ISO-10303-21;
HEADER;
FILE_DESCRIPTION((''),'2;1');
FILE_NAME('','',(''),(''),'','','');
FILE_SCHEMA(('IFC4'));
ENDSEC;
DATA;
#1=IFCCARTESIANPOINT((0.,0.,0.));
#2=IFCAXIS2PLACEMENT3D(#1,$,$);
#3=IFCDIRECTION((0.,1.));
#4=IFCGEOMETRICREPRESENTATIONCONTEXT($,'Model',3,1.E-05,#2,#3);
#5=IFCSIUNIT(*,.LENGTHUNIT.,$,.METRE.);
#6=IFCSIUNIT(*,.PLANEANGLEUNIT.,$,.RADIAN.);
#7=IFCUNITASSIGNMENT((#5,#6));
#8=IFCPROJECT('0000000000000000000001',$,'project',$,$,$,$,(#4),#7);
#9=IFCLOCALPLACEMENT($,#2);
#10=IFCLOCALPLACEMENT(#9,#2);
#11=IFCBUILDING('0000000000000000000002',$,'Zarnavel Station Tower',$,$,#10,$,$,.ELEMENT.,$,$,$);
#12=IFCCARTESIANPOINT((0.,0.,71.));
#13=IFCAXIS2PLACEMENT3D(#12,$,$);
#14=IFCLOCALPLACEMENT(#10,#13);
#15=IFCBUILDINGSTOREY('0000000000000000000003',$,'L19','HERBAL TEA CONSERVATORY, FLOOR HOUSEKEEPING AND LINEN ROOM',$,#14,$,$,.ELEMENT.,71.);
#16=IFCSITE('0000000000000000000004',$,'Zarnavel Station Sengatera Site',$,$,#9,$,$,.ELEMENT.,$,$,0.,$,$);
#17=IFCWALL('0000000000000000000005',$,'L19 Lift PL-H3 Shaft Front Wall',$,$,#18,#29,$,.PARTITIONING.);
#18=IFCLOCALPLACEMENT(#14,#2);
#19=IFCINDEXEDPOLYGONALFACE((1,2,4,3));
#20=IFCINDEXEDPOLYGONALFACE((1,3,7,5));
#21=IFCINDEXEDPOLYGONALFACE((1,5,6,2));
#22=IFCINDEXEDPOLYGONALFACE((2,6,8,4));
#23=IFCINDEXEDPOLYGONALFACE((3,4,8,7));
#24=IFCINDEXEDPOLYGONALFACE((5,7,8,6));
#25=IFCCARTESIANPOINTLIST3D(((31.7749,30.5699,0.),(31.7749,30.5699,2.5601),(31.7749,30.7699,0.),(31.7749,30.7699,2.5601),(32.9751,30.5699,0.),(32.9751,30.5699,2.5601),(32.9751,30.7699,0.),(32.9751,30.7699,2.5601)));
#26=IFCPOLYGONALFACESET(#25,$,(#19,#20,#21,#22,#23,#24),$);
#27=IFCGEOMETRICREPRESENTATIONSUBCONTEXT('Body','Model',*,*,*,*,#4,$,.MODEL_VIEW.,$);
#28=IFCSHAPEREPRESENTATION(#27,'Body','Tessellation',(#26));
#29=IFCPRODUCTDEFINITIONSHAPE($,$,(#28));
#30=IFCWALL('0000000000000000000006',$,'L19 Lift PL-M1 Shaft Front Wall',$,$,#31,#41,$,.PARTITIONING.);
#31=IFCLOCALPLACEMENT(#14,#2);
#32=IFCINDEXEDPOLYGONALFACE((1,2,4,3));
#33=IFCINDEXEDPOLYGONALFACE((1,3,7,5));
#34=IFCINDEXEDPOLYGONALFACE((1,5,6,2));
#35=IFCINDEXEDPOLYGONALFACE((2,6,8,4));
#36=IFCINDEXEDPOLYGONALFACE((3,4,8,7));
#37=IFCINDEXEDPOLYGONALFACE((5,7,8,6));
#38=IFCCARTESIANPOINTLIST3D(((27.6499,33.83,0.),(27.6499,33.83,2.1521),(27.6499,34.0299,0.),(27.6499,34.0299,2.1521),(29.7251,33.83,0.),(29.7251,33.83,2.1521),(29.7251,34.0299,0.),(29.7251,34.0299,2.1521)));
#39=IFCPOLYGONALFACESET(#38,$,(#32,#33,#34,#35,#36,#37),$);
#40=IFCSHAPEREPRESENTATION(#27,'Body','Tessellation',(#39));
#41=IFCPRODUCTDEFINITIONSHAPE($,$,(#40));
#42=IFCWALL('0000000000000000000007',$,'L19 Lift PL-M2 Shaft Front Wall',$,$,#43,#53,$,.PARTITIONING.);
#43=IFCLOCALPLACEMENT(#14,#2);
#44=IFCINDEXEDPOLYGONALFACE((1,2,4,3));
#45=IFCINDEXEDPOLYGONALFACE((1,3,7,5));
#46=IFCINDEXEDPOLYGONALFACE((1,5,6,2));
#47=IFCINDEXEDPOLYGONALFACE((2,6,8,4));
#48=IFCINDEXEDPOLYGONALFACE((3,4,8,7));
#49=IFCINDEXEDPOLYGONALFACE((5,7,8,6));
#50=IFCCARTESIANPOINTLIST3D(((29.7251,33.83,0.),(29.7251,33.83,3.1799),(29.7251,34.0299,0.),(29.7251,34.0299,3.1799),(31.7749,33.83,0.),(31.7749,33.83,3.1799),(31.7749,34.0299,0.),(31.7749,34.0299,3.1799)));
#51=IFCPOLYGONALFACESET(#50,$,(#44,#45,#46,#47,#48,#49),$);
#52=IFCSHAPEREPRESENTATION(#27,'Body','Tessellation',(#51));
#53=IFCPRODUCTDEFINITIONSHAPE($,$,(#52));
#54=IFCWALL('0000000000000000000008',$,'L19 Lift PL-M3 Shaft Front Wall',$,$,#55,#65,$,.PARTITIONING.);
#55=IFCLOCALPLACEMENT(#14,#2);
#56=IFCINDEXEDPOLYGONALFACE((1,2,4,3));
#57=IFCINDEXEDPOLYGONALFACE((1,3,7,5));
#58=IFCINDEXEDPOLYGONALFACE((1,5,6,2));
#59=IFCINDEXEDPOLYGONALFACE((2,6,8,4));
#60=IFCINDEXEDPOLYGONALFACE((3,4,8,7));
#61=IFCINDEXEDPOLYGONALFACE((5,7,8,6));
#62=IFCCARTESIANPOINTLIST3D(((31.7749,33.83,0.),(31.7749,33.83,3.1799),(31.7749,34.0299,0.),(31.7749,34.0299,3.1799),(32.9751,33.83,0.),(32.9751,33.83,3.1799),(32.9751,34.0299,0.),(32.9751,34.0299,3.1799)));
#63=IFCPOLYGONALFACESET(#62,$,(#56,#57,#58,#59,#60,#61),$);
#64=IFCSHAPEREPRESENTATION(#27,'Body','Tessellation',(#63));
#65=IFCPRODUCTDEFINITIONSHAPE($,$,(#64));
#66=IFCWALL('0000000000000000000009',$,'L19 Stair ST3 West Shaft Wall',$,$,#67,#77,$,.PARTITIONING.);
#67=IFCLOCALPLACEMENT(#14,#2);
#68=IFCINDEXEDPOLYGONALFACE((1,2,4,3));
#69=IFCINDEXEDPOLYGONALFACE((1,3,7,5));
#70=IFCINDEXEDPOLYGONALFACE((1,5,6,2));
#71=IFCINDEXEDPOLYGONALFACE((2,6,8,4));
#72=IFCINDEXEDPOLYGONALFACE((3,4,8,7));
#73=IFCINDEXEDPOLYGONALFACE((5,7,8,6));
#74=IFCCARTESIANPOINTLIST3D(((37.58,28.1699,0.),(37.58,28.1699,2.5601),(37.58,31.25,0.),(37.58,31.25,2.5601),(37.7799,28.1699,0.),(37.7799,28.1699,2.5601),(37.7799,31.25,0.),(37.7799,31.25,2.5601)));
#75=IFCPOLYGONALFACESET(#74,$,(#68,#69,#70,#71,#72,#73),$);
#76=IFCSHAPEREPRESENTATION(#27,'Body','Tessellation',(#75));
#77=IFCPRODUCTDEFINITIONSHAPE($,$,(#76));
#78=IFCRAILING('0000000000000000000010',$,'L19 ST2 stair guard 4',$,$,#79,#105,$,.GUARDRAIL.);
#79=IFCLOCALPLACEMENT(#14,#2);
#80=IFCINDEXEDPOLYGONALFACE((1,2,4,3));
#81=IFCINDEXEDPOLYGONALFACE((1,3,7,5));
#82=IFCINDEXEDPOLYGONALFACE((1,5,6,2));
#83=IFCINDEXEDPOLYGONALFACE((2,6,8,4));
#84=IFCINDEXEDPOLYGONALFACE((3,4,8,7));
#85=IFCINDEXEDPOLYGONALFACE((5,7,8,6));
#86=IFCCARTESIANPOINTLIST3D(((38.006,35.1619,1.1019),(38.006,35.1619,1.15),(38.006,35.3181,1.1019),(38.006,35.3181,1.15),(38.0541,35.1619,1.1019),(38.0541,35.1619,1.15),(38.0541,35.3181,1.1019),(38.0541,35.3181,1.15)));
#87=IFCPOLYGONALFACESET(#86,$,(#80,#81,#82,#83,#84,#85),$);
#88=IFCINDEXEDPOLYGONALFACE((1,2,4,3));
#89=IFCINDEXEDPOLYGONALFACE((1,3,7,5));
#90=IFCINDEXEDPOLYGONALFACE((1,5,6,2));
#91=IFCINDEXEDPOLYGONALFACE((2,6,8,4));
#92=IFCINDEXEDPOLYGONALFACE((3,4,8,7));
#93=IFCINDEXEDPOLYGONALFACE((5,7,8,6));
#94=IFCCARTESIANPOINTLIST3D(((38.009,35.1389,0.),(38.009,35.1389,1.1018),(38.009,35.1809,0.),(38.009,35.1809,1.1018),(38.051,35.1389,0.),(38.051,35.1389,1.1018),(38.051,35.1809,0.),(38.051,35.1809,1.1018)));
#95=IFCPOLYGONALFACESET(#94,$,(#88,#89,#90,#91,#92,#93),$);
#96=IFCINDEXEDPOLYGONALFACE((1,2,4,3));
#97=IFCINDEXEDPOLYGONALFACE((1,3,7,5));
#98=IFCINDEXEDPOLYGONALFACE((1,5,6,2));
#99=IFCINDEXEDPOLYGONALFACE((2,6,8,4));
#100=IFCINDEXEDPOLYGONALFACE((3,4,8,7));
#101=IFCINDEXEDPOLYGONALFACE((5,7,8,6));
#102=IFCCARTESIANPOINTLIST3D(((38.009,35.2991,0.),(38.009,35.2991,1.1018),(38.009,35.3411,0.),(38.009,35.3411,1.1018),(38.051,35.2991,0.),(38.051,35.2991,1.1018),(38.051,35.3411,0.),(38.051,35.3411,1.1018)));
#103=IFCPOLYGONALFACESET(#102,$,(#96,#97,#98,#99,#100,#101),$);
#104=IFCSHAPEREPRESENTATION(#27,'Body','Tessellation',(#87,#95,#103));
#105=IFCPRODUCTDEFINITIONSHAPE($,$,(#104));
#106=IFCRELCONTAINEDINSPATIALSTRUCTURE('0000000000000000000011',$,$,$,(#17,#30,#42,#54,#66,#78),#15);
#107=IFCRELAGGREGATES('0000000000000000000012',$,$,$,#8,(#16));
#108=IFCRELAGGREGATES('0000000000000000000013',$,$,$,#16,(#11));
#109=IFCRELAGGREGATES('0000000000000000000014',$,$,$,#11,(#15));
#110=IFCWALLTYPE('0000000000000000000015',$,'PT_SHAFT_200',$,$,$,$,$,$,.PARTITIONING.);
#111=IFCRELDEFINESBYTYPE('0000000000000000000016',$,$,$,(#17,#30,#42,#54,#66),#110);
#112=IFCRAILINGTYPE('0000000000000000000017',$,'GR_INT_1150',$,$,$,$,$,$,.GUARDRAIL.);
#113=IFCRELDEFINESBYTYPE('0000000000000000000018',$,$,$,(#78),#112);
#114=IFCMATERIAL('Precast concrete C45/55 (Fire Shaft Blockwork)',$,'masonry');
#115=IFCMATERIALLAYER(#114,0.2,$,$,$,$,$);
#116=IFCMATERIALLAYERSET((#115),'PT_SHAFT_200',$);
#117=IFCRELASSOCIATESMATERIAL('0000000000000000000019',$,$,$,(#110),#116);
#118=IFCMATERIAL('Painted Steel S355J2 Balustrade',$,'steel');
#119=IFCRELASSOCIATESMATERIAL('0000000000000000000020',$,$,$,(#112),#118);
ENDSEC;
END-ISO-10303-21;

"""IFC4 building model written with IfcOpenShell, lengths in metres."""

from ifc_helpers import new_model, si_unit, direction, frame, frame_2d, origin, origin_2d, place, context, subcontext, project, spatial, rectangle, extrude, material, layer, layer_set, type_object, element, save


model = new_model("IFC4")

# Units and contexts
model_context = context("Model", 3, precision=1e-05, world=origin(), true_north=direction((0.0, 1.0)))
body_context = subcontext(model_context, "Body", "Model", "MODEL_VIEW")
ifc_project = project(units=[si_unit("LENGTHUNIT", "METRE"), si_unit("PLANEANGLEUNIT", "RADIAN")], contexts=[model_context])

# Site, building, storey
site_placement = place(None, origin())
site = spatial("IfcSite", under=ifc_project, at=site_placement, Name="Zarnavel Station Sengatera Site", CompositionType="ELEMENT", RefElevation=0.0)
building_placement = place(site_placement, origin())
building = spatial("IfcBuilding", under=site, at=building_placement, Name="Zarnavel Station Tower", CompositionType="ELEMENT")
storey_placement = place(building_placement, frame((0.0, 0.0, 71.0)))
storey = spatial("IfcBuildingStorey", under=building, at=storey_placement, Name="L19", Description="HERBAL TEA CONSERVATORY, FLOOR HOUSEKEEPING AND LINEN ROOM", CompositionType="ELEMENT", Elevation=71.0)

# Shared definitions
ifc_material_1 = material(Name="Precast concrete C45/55 (Fire Shaft Blockwork)", Category="masonry")
ifc_layer_1 = layer(ifc_material_1, 0.2)
ifc_layer_set_1 = layer_set([ifc_layer_1], Name="PT_SHAFT_200")
wall_type_1 = type_object("IfcWallType", Name="PT_SHAFT_200", PredefinedType="PARTITIONING", material=ifc_layer_set_1)

# Walls
wall_1_placement = place(storey_placement, frame((31.7749, 30.6699, 0.0), z_axis=(0.0, 0.0, 1.0), x_axis=(1.0, 0.0, 0.0)))
element("IfcWall", 1, at=wall_1_placement, inside=storey, type_object=wall_type_1, Name="L19 Lift PL-H3 Shaft Front Wall", PredefinedType="PARTITIONING", context=body_context, shape_type="SweptSolid", body=[
    extrude(rectangle(XDim=1.2002, YDim=0.2, at=frame_2d((0.6001, 0.0))), origin(), (0.0, 0.0, 1.0), 2.5601),
])
wall_2_placement = place(storey_placement, frame((27.6499, 33.9299, 0.0), z_axis=(0.0, 0.0, 1.0), x_axis=(1.0, 0.0, 0.0)))
element("IfcWall", 2, at=wall_2_placement, inside=storey, type_object=wall_type_1, Name="L19 Lift PL-M1 Shaft Front Wall", PredefinedType="PARTITIONING", context=body_context, shape_type="SweptSolid", body=[
    extrude(rectangle(XDim=2.0752, YDim=0.2, at=frame_2d((1.0376, 0.0))), origin(), (0.0, 0.0, 1.0), 2.1521),
])
wall_3_placement = place(storey_placement, frame((29.7251, 33.9299, 0.0), z_axis=(0.0, 0.0, 1.0), x_axis=(1.0, 0.0, 0.0)))
element("IfcWall", 3, at=wall_3_placement, inside=storey, type_object=wall_type_1, Name="L19 Lift PL-M2 Shaft Front Wall", PredefinedType="PARTITIONING", context=body_context, shape_type="SweptSolid", body=[
    extrude(rectangle(XDim=2.0498, YDim=0.2, at=frame_2d((1.0249, 0.0))), origin(), (0.0, 0.0, 1.0), 3.1799),
])
wall_4_placement = place(storey_placement, frame((31.7749, 33.9299, 0.0), z_axis=(0.0, 0.0, 1.0), x_axis=(1.0, 0.0, 0.0)))
element("IfcWall", 4, at=wall_4_placement, inside=storey, type_object=wall_type_1, Name="L19 Lift PL-M3 Shaft Front Wall", PredefinedType="PARTITIONING", context=body_context, shape_type="SweptSolid", body=[
    extrude(rectangle(XDim=1.2002, YDim=0.2, at=frame_2d((0.6001, 0.0))), origin(), (0.0, 0.0, 1.0), 3.1799),
])
wall_5_placement = place(storey_placement, frame((37.6799, 28.1699, 0.0), z_axis=(0.0, 0.0, 1.0), x_axis=(0.0, 1.0, 0.0)))
element("IfcWall", 5, at=wall_5_placement, inside=storey, type_object=wall_type_1, Name="L19 Stair ST3 West Shaft Wall", PredefinedType="PARTITIONING", context=body_context, shape_type="SweptSolid", body=[
    extrude(rectangle(XDim=3.0801, YDim=0.2, at=frame_2d((1.54, 0.0))), origin(), (0.0, 0.0, 1.0), 2.5601),
])

# Railing
ifc_material_2 = material(Name="Painted Steel S355J2 Balustrade", Category="steel")
railing_type = type_object("IfcRailingType", Name="GR_INT_1150", PredefinedType="GUARDRAIL", material=ifc_material_2)
railing_placement = place(storey_placement, frame((38.03, 35.1599, 0.0)))
element("IfcRailing", 6, at=railing_placement, inside=storey, type_object=railing_type, Name="L19 ST2 stair guard 4", PredefinedType="GUARDRAIL", context=body_context, shape_type="SweptSolid", body=[
    extrude(rectangle(XDim=0.0481, YDim=0.0481, at=origin_2d()), frame((0.0, 0.002, 1.126), z_axis=(0.0, 1.0, 0.0), x_axis=(-1.0, 0.0, 0.0)), (0.0, 0.0, 1.0), 0.1562),
    extrude(rectangle(XDim=0.042, YDim=0.042, at=origin_2d()), origin(), (0.0, 0.0, 1.0), 1.1018),
    extrude(rectangle(XDim=0.042, YDim=0.042, at=origin_2d()), frame((0.0, 0.1602, 0.0)), (0.0, 0.0, 1.0), 1.1018),
])

save(model, "model.ifc")
